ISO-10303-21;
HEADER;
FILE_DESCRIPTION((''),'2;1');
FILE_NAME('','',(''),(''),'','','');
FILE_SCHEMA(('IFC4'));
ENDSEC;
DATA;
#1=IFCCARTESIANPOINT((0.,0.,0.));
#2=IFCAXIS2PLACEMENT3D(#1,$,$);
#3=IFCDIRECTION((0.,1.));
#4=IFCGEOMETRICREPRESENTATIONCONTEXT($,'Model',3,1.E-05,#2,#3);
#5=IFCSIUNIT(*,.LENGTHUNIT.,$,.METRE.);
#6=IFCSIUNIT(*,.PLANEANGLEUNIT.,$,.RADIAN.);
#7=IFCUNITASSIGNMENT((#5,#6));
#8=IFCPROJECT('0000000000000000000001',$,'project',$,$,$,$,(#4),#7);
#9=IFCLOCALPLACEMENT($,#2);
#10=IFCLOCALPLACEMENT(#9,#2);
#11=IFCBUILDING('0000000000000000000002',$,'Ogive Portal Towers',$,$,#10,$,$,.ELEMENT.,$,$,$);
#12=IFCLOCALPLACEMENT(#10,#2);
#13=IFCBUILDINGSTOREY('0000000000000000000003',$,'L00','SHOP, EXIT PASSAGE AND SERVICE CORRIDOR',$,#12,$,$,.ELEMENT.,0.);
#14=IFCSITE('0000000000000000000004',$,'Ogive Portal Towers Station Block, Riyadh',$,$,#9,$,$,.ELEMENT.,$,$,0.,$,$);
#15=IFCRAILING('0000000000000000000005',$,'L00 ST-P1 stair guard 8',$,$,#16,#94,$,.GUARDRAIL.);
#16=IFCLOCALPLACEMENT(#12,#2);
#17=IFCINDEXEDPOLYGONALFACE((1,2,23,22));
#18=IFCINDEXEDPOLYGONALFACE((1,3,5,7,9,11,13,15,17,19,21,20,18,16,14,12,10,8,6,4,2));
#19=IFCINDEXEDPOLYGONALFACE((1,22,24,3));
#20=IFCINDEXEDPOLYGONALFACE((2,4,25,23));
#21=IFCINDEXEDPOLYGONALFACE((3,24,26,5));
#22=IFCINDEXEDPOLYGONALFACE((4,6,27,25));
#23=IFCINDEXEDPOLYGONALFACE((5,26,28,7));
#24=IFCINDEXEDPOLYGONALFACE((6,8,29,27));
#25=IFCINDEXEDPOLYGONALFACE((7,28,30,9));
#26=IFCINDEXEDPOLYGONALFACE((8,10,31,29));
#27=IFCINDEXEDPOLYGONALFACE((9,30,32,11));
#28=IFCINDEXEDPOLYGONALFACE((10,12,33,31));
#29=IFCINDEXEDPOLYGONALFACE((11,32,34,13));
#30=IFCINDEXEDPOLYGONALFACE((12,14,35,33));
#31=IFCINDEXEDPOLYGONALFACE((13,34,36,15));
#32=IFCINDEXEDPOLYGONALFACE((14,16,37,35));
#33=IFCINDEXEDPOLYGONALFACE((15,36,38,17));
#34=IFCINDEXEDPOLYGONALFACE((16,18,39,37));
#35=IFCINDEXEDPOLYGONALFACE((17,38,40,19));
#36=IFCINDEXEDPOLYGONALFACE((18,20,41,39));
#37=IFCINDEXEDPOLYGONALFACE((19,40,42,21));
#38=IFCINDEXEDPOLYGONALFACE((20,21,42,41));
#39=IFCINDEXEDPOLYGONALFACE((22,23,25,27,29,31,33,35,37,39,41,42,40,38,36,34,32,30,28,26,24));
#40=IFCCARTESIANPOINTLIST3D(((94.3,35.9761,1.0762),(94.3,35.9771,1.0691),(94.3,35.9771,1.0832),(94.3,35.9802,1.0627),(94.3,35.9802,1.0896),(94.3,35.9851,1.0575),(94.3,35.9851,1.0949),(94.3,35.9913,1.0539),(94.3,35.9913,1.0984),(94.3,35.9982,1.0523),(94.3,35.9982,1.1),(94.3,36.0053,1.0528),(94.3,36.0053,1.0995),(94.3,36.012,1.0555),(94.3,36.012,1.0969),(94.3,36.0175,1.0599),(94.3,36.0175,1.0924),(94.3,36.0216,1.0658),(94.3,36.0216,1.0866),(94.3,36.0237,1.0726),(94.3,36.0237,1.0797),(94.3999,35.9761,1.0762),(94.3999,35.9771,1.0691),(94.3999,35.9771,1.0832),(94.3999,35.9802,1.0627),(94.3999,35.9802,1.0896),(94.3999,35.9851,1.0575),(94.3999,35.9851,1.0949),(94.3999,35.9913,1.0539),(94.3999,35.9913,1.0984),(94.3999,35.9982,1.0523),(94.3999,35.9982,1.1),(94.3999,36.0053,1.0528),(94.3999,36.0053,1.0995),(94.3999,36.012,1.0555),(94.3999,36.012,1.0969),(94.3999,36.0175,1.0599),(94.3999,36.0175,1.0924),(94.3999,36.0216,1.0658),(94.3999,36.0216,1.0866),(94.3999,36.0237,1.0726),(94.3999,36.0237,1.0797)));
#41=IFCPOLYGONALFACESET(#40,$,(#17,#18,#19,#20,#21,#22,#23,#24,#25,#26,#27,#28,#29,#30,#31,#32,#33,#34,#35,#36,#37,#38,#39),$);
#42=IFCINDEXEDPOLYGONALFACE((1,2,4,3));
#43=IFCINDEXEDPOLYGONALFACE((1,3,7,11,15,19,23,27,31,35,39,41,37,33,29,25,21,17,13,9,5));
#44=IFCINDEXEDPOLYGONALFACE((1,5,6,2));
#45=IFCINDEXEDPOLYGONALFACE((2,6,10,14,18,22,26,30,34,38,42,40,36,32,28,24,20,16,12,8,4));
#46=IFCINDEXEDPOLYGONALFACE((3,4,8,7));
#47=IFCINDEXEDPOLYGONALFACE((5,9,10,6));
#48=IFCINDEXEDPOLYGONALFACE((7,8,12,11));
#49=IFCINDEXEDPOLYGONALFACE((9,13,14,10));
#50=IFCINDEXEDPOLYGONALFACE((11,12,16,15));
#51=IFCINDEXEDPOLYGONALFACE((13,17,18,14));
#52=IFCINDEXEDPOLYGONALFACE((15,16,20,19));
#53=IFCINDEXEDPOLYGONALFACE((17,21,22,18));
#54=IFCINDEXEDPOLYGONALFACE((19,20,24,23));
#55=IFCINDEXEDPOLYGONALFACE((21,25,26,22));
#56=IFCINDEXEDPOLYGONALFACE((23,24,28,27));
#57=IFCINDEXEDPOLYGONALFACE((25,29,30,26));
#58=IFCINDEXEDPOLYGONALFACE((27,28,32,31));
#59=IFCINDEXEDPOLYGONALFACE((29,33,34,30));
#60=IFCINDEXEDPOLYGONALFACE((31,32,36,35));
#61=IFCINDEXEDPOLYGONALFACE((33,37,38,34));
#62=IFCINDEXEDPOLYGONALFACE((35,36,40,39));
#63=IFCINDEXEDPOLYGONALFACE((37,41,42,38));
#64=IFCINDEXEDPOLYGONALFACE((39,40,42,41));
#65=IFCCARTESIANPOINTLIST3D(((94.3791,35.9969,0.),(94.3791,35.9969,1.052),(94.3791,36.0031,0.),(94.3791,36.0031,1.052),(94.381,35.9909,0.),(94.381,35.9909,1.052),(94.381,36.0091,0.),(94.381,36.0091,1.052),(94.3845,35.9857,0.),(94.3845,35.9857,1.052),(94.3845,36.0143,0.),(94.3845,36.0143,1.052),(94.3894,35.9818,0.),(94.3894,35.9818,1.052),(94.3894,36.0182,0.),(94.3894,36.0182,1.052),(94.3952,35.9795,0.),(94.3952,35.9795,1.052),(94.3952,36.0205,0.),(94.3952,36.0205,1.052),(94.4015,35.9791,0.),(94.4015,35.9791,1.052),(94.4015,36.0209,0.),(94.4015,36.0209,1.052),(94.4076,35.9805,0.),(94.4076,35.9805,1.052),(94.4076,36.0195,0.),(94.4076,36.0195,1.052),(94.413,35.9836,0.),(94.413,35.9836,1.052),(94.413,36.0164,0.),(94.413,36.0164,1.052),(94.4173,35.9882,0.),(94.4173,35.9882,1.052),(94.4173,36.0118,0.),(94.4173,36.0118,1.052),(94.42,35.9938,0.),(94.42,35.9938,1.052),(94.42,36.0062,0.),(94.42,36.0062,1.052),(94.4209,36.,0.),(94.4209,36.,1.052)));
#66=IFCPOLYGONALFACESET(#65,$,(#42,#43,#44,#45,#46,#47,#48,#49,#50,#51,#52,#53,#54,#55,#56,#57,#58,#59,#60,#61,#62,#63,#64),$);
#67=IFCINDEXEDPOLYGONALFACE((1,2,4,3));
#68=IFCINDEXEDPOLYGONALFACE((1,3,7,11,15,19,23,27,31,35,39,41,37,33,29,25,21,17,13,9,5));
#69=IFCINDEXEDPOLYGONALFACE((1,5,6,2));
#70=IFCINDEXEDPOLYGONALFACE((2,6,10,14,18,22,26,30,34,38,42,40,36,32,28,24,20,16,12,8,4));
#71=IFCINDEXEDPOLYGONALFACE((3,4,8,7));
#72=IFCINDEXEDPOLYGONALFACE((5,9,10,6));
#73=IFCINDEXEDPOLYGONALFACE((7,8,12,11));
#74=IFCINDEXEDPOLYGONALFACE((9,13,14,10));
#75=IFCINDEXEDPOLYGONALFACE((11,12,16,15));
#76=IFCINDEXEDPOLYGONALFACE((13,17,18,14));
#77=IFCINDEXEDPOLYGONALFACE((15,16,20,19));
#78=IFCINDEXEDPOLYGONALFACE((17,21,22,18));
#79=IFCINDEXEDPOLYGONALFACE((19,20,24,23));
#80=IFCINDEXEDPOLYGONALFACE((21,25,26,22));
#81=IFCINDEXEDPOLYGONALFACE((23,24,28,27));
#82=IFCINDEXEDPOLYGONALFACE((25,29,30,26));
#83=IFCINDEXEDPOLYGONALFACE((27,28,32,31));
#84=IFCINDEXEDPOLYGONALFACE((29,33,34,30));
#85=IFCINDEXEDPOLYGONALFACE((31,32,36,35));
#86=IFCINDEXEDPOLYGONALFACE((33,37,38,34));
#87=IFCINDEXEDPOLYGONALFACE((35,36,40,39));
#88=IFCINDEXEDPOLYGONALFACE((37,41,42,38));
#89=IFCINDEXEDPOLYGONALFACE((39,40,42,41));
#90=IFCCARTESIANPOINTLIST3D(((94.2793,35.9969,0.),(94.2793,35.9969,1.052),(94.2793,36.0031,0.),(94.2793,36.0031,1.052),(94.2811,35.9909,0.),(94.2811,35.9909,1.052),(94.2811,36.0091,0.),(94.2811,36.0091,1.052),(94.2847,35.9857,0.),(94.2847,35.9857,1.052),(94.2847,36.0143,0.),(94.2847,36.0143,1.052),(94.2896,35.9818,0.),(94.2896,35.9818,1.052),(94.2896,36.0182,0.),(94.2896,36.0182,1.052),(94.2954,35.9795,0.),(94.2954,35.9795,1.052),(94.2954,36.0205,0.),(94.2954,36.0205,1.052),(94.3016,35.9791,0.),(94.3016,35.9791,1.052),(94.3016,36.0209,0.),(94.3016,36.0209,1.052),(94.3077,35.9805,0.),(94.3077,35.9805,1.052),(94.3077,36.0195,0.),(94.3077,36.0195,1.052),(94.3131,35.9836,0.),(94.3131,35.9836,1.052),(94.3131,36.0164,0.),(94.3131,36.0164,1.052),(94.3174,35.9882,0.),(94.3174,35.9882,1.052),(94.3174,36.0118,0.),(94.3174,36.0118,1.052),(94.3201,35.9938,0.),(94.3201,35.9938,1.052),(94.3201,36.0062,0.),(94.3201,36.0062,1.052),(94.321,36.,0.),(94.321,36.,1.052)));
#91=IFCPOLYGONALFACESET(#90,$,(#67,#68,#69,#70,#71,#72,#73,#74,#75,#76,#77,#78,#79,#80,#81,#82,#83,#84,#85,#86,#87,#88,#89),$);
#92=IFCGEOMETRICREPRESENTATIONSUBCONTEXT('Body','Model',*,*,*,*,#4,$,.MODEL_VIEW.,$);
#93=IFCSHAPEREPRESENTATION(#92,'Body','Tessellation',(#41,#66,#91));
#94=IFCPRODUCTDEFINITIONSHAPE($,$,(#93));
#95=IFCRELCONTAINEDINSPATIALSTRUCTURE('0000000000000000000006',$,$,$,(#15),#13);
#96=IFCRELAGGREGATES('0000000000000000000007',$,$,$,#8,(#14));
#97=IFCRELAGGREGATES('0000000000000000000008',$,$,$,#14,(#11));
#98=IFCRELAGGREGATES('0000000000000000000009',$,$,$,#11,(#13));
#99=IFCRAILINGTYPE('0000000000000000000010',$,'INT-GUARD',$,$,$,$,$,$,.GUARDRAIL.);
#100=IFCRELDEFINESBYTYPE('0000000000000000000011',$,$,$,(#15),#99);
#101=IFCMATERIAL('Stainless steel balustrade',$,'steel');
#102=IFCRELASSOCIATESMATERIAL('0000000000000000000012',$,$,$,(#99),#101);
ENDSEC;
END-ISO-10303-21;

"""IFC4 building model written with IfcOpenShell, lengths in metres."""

from ifc_helpers import new_model, si_unit, direction, frame, origin, origin_2d, place, context, subcontext, project, spatial, circle, extrude, material, type_object, element, save


model = new_model("IFC4")

# Units and contexts
model_context = context("Model", 3, precision=1e-05, world=origin(), true_north=direction((0.0, 1.0)))
body_context = subcontext(model_context, "Body", "Model", "MODEL_VIEW")
ifc_project = project(units=[si_unit("LENGTHUNIT", "METRE"), si_unit("PLANEANGLEUNIT", "RADIAN")], contexts=[model_context])

# Site, building, storey
site_placement = place(None, origin())
site = spatial("IfcSite", under=ifc_project, at=site_placement, Name="Ogive Portal Towers Station Block, Riyadh", CompositionType="ELEMENT", RefElevation=0.0)
building_placement = place(site_placement, origin())
building = spatial("IfcBuilding", under=site, at=building_placement, Name="Ogive Portal Towers", CompositionType="ELEMENT")
storey_placement = place(building_placement, origin())
storey = spatial("IfcBuildingStorey", under=building, at=storey_placement, Name="L00", Description="SHOP, EXIT PASSAGE AND SERVICE CORRIDOR", CompositionType="ELEMENT", Elevation=0.0)

# Railing
ifc_material_1 = material(Name="Stainless steel balustrade", Category="steel")
railing_type_1 = type_object("IfcRailingType", Name="INT-GUARD", PredefinedType="GUARDRAIL", material=ifc_material_1)
railing_1_placement = place(storey_placement, frame((94.3999, 36.0, 0.0)))
element("IfcRailing", 1, at=railing_1_placement, inside=storey, type_object=railing_type_1, Name="L00 ST-P1 stair guard 8", PredefinedType="GUARDRAIL", context=body_context, shape_type="SweptSolid", body=[
    extrude(circle(Radius=0.0239, at=origin_2d()), frame((0.0, 0.0, 1.0762), z_axis=(-1.0, 0.0, 0.0), x_axis=(0.0, -1.0, 0.0)), (0.0, 0.0, 1.0), 0.0999),
    extrude(circle(Radius=0.021, at=origin_2d()), origin(), (0.0, 0.0, 1.0), 1.052),
    extrude(circle(Radius=0.021, at=origin_2d()), frame((-0.0999, 0.0, 0.0)), (0.0, 0.0, 1.0), 1.052),
])

save(model, "model.ifc")
